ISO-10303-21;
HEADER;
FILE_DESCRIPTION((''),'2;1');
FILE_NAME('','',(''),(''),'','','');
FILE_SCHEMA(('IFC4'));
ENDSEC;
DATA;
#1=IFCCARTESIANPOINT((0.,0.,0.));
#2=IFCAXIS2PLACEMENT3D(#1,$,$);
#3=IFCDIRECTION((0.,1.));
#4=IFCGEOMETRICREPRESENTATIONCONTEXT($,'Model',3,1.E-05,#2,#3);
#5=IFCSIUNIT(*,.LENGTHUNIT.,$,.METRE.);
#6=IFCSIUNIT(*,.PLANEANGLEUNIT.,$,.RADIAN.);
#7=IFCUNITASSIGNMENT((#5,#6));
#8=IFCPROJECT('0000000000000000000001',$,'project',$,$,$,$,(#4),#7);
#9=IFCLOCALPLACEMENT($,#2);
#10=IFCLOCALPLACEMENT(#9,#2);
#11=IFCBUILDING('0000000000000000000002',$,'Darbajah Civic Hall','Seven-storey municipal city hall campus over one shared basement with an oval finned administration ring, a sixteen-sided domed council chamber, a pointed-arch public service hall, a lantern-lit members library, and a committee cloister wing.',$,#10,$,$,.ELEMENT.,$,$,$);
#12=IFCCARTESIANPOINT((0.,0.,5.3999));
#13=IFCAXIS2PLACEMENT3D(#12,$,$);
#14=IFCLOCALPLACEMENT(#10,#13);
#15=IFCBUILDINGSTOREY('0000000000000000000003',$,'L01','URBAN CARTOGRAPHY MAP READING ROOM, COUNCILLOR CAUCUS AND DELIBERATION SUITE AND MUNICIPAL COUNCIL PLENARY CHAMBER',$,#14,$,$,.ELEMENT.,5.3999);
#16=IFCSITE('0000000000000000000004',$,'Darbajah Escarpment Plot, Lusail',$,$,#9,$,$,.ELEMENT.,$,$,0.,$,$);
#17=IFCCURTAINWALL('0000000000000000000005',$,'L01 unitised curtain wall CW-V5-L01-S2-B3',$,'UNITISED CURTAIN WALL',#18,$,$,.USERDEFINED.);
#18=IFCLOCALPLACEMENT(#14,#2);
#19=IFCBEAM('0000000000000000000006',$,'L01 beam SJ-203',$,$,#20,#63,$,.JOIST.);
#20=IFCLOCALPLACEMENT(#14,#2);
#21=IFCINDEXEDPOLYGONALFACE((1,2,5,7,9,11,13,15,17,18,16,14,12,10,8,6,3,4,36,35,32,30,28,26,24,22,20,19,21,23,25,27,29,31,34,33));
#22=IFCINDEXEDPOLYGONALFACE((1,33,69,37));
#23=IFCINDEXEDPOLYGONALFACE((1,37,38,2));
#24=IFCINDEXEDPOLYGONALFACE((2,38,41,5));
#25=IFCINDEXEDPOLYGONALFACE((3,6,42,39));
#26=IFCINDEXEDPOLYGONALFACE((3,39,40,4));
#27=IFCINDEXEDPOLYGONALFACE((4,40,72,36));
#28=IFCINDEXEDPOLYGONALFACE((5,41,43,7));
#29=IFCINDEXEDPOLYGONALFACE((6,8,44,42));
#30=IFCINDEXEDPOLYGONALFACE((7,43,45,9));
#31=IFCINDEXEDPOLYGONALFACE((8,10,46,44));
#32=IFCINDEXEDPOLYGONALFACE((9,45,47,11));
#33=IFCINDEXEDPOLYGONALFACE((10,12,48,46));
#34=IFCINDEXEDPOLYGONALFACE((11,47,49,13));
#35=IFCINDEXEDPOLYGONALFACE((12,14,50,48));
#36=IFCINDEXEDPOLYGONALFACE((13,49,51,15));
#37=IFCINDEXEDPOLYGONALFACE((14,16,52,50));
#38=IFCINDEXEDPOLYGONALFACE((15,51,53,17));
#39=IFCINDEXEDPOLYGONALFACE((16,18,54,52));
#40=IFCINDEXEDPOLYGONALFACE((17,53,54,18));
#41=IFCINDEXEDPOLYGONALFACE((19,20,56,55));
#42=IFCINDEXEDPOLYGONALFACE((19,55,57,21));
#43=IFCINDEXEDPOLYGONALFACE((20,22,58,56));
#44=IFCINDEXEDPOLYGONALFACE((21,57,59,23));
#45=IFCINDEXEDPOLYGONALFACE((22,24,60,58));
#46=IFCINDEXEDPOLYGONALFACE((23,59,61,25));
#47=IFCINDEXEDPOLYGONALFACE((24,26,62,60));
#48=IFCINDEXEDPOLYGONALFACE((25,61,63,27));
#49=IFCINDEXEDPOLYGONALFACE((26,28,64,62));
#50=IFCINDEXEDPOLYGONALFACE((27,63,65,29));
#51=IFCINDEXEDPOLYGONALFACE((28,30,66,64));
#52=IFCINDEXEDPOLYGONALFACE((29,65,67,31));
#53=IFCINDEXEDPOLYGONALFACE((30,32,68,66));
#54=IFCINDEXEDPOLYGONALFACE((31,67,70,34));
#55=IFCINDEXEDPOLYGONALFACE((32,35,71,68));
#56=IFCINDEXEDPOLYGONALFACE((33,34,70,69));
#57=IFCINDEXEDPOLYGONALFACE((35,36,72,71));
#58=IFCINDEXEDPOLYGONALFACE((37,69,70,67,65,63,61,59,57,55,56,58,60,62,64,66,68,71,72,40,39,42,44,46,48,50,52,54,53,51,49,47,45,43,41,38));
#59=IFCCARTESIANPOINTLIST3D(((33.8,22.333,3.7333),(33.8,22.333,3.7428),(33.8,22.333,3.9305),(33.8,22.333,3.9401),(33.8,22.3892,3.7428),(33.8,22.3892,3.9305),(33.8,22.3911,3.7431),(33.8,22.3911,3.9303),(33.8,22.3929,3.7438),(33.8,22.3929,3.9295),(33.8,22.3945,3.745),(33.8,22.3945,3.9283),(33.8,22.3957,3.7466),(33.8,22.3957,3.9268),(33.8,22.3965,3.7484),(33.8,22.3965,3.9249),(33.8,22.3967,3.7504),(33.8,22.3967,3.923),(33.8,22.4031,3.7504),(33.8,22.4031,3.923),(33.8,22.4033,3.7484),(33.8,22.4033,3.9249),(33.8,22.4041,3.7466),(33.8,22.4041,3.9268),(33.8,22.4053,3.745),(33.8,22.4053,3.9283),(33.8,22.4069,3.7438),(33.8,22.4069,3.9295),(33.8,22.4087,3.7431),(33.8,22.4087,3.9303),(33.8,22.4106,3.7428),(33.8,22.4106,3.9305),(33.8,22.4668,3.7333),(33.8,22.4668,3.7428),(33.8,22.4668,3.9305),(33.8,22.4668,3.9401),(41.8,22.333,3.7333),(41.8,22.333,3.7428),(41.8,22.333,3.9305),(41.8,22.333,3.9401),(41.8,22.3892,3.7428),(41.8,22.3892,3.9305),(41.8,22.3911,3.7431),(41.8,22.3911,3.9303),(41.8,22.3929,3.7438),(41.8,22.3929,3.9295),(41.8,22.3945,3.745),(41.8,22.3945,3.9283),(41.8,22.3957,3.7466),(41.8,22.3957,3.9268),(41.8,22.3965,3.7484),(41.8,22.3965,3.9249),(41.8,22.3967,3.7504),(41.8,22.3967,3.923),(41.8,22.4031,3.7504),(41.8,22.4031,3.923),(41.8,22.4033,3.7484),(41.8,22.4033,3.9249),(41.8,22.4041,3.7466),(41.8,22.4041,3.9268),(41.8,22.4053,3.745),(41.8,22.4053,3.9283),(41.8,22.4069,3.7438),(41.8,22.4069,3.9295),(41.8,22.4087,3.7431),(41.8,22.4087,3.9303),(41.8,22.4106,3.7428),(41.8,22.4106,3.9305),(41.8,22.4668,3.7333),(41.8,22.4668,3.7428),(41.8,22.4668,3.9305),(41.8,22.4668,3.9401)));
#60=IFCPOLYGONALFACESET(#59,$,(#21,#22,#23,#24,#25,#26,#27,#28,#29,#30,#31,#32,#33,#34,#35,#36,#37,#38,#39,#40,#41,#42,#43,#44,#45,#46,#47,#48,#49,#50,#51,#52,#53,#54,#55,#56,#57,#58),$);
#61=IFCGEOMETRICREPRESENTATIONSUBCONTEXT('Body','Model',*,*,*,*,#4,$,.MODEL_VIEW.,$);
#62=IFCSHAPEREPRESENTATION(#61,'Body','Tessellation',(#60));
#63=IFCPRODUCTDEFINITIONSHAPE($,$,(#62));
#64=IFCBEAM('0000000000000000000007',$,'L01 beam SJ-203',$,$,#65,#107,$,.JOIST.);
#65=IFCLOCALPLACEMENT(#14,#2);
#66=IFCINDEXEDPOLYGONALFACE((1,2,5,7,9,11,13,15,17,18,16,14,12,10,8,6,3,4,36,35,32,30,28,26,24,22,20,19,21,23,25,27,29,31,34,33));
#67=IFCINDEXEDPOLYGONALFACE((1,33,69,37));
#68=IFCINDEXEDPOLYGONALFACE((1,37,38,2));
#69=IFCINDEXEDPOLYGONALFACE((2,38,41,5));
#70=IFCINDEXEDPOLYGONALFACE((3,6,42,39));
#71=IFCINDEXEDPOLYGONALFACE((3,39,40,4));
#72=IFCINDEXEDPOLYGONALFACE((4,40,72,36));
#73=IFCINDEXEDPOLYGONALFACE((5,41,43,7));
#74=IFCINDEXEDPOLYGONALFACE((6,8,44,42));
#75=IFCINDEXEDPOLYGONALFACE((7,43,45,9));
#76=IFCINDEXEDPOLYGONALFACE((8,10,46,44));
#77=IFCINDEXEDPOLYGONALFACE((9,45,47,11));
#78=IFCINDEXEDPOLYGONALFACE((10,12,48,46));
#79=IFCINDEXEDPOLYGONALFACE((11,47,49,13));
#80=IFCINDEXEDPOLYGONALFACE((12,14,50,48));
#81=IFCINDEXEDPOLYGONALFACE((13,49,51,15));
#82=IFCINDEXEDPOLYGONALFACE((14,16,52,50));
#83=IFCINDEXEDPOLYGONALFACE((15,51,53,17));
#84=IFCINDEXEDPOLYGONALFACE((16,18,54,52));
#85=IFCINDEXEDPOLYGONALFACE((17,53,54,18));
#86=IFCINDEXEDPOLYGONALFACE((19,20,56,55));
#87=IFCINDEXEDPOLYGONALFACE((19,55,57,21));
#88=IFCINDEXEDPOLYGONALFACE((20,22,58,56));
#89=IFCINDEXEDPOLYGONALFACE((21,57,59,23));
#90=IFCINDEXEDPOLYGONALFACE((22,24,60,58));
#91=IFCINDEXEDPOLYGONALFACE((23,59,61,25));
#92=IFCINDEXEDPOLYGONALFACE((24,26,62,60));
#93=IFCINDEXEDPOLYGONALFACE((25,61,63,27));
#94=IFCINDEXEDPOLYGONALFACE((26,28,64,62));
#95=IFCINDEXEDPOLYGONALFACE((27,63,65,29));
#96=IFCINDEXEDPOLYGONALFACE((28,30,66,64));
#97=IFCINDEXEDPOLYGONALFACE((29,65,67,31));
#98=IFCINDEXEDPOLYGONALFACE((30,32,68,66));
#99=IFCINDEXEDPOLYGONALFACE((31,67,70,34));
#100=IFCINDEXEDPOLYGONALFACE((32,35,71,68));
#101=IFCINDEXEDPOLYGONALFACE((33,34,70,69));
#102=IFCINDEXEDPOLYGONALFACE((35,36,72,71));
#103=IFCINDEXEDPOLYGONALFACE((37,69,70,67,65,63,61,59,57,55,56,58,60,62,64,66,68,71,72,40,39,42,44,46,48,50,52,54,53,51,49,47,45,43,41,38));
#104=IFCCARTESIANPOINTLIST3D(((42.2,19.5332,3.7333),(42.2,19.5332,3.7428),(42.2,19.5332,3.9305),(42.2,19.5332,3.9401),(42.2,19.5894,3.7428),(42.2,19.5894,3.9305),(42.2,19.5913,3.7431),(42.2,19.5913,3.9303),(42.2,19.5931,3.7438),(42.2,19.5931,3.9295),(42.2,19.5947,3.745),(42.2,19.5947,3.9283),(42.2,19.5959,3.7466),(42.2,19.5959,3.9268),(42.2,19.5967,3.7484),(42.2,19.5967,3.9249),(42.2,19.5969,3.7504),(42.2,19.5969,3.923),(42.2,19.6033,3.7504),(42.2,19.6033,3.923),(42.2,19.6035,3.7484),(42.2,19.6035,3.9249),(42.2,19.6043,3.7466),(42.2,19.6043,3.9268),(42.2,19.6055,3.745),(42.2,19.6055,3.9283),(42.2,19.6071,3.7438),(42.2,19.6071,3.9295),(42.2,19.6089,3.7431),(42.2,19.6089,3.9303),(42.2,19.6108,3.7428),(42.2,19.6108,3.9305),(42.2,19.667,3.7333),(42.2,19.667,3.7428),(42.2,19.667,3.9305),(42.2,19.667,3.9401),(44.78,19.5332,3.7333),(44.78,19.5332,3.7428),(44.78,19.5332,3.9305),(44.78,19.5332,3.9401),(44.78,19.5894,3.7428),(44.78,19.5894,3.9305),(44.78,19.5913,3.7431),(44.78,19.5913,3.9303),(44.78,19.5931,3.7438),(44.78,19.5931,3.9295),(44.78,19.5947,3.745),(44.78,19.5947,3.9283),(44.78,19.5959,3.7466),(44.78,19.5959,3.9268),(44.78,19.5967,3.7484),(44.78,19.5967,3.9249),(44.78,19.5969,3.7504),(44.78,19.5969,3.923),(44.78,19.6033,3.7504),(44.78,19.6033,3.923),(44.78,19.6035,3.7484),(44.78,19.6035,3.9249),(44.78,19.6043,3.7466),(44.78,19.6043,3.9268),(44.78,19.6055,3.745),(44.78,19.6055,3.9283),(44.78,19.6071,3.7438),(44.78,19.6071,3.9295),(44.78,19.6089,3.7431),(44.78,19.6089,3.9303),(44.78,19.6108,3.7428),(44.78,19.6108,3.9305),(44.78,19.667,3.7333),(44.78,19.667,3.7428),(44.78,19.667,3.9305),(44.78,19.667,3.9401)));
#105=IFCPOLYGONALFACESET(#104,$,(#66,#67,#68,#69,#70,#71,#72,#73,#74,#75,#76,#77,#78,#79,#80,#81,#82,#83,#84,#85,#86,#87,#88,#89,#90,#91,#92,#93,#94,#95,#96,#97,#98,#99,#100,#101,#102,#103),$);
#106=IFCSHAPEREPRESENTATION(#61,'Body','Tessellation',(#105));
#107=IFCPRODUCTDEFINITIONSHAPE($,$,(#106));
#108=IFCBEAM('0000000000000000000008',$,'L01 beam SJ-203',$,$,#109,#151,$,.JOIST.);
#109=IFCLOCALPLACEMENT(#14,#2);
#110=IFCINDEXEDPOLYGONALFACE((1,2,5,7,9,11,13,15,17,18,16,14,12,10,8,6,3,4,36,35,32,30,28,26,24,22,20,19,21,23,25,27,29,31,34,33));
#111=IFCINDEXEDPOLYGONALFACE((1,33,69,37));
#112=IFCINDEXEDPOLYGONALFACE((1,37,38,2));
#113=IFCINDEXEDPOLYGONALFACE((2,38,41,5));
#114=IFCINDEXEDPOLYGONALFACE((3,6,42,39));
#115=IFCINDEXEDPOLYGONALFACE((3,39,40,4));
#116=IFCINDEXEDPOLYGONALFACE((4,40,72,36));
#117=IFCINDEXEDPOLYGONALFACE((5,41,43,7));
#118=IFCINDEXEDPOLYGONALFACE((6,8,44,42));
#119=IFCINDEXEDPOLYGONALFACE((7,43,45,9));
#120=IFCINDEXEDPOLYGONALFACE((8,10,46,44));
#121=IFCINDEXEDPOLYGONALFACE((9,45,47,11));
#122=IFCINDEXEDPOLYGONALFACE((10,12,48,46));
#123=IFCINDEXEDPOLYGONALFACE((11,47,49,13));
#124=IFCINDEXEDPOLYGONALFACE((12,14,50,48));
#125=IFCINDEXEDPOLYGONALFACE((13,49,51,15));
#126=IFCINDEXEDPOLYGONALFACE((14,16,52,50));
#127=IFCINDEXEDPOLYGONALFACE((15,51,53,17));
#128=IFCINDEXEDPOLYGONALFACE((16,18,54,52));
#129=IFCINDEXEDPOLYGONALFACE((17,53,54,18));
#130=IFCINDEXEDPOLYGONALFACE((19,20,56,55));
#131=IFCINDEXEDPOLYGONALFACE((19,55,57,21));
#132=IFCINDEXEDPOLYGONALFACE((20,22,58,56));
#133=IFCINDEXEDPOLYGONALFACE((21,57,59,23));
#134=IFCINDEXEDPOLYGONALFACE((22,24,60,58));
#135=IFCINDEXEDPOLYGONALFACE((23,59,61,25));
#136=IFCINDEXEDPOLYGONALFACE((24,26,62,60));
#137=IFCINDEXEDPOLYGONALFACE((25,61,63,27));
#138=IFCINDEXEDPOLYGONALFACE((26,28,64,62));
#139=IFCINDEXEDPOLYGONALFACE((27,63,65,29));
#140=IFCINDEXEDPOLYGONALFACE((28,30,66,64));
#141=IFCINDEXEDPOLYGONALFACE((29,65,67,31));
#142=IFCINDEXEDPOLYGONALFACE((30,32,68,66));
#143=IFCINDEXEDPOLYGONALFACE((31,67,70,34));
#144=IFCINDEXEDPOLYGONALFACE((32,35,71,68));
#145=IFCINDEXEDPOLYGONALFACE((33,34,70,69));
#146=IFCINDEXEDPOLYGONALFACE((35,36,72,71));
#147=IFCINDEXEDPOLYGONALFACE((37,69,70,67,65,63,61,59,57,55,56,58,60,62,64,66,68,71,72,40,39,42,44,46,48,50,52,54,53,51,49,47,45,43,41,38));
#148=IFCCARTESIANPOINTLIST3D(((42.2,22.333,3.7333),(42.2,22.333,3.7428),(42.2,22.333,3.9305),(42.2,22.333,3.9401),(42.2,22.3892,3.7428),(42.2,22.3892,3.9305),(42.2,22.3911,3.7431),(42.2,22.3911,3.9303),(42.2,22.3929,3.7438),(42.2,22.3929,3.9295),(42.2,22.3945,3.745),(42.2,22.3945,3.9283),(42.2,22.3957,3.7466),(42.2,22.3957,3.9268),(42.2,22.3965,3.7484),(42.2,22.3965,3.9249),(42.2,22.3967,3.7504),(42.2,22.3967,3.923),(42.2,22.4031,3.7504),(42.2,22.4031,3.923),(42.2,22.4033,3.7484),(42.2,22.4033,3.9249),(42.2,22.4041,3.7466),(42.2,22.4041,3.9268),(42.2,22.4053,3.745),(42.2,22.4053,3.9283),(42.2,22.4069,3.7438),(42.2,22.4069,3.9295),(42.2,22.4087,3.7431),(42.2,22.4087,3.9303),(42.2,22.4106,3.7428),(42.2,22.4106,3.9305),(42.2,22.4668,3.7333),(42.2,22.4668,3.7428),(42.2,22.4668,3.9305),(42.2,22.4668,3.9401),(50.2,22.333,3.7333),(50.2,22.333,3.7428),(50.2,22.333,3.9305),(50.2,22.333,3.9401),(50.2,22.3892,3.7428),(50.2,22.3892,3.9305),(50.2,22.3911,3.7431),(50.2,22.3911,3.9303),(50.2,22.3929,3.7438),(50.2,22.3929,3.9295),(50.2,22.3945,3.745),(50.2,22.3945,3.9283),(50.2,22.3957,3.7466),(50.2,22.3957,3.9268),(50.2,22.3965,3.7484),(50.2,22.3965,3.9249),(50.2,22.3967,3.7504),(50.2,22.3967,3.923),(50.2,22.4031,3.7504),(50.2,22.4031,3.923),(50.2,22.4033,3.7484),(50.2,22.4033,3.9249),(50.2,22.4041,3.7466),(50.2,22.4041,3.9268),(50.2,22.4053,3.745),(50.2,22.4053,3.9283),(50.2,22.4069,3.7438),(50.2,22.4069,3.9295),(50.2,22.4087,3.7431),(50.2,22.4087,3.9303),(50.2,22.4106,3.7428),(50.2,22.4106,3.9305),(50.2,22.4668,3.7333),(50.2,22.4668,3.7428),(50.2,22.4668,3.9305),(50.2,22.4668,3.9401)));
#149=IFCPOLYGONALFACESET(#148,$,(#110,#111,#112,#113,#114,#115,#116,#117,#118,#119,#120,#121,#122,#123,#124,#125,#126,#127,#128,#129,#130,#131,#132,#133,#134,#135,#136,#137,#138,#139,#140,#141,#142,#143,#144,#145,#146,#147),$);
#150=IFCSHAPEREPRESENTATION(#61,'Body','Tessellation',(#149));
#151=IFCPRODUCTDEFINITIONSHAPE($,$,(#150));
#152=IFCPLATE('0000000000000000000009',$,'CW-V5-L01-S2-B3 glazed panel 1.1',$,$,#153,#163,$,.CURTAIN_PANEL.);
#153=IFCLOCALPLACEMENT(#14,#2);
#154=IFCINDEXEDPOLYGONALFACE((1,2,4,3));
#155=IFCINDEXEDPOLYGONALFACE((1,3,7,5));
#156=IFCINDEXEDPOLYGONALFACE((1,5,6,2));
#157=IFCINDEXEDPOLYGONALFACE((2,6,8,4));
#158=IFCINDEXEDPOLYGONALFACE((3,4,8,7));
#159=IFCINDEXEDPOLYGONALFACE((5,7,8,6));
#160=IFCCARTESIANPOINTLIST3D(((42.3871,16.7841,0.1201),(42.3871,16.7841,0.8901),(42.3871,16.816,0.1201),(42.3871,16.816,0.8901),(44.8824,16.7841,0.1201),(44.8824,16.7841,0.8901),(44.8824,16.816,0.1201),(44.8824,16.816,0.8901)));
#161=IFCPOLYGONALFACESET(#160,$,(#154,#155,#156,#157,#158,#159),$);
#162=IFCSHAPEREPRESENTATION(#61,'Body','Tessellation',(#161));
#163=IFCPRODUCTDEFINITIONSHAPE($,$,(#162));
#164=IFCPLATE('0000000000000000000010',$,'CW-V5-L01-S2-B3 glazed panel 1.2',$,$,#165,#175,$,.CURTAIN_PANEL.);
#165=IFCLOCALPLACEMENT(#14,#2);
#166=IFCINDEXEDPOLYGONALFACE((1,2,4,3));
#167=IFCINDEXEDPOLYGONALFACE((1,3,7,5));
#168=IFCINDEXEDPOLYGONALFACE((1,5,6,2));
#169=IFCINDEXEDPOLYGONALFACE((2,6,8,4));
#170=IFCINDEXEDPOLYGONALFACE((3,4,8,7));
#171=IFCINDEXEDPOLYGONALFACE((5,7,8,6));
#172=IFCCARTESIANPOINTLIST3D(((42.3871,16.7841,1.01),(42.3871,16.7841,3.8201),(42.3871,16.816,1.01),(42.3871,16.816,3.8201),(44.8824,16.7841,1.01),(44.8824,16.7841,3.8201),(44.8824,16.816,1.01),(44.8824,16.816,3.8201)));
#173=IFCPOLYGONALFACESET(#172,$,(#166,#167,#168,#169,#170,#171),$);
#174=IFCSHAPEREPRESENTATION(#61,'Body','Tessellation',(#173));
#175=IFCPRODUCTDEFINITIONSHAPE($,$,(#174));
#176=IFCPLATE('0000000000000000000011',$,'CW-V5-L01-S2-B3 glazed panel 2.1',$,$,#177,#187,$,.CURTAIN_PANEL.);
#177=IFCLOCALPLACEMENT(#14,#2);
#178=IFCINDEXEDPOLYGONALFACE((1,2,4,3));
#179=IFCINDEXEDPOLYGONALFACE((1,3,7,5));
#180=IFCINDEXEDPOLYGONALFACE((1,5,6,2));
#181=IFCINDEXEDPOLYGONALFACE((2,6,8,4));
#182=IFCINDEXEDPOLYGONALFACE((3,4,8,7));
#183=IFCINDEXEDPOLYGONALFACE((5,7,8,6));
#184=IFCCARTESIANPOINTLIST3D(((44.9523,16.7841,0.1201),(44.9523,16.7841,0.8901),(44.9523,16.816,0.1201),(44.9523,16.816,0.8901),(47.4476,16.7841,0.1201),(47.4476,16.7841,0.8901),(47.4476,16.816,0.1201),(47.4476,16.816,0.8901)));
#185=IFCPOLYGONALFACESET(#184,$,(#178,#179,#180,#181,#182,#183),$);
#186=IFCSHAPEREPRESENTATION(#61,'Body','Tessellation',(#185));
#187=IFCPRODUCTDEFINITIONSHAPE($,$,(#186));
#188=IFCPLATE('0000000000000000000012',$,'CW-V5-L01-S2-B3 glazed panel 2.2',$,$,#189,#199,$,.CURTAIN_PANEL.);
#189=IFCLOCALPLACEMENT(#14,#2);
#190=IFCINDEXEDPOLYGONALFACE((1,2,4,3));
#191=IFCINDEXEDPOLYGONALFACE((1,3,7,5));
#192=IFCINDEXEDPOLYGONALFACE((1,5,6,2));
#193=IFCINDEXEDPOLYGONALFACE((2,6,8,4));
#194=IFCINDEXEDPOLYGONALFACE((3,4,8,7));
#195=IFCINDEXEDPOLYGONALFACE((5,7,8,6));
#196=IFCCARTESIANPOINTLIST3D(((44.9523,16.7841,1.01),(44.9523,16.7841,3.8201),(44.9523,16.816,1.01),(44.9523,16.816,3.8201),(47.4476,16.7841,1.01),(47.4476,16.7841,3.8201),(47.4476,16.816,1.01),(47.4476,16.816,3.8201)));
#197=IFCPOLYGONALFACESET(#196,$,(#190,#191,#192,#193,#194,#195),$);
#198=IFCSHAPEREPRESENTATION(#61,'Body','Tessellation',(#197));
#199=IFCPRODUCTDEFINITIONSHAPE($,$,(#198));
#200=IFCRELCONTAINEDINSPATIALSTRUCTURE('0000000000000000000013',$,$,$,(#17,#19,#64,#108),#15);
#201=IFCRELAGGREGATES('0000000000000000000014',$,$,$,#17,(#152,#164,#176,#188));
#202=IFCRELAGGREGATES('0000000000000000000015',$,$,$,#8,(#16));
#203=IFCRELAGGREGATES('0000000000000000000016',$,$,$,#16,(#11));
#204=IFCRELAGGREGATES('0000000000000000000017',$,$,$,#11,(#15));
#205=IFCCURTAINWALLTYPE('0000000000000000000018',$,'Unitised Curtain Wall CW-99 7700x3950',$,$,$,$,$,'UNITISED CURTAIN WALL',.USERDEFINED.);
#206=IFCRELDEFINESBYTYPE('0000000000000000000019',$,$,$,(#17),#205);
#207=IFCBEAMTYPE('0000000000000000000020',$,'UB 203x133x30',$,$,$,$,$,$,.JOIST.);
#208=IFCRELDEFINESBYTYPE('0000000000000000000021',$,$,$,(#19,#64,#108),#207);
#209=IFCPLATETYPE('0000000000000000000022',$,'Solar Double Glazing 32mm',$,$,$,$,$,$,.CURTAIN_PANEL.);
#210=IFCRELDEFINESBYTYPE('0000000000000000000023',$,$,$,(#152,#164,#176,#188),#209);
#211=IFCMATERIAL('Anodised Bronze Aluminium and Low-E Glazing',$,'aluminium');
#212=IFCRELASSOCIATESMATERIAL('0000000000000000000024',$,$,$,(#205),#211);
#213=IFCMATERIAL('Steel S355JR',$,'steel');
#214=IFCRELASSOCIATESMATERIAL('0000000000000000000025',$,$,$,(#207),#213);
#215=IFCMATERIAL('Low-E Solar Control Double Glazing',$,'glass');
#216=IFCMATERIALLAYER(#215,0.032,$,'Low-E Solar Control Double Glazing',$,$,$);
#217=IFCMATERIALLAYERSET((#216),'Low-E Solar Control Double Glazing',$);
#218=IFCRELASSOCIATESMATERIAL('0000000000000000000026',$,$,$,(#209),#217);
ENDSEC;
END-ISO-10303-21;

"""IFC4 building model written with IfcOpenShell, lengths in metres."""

from ifc_helpers import new_model, si_unit, direction, frame, origin, origin_2d, place, context, subcontext, project, spatial, rectangle, i_section, extrude, material, layer, layer_set, material_profile, profile_set, type_object, element, aggregate, save


model = new_model("IFC4")

# Units and contexts
model_context = context("Model", 3, precision=1e-05, world=origin(), true_north=direction((0.0, 1.0)))
body_context = subcontext(model_context, "Body", "Model", "MODEL_VIEW")
ifc_project = project(units=[si_unit("LENGTHUNIT", "METRE"), si_unit("PLANEANGLEUNIT", "RADIAN")], contexts=[model_context])

# Site, building, storey
site_placement = place(None, origin())
site = spatial("IfcSite", under=ifc_project, at=site_placement, Name="Darbajah Escarpment Plot, Lusail", CompositionType="ELEMENT", RefElevation=0.0)
building_placement = place(site_placement, origin())
building = spatial("IfcBuilding", under=site, at=building_placement, Name="Darbajah Civic Hall", Description="Seven-storey municipal city hall campus over one shared basement with an oval finned administration ring, a sixteen-sided domed council chamber, a pointed-arch public service hall, a lantern-lit members library, and a committee cloister wing.", CompositionType="ELEMENT")
storey_placement = place(building_placement, frame((0.0, 0.0, 5.3999)))
storey = spatial("IfcBuildingStorey", under=building, at=storey_placement, Name="L01", Description="URBAN CARTOGRAPHY MAP READING ROOM, COUNCILLOR CAUCUS AND DELIBERATION SUITE AND MUNICIPAL COUNCIL PLENARY CHAMBER", CompositionType="ELEMENT", Elevation=5.3999)

# Curtain wall
ifc_material_1 = material(Name="Anodised Bronze Aluminium and Low-E Glazing", Category="aluminium")
curtain_wall_type = type_object("IfcCurtainWallType", Name="Unitised Curtain Wall CW-99 7700x3950", ElementType="UNITISED CURTAIN WALL", PredefinedType="USERDEFINED", material=ifc_material_1)
curtain_wall_placement = place(storey_placement, origin())
curtain_wall = element("IfcCurtainWall", 1, at=curtain_wall_placement, inside=storey, type_object=curtain_wall_type, Name="L01 unitised curtain wall CW-V5-L01-S2-B3", ObjectType="UNITISED CURTAIN WALL", PredefinedType="USERDEFINED")

# Beams
ifc_material_2 = material(Name="Steel S355JR", Category="steel")
ifc_material_profile_1 = material_profile(ifc_material_2, i_section(OverallWidth=0.1338, OverallDepth=0.2068, WebThickness=0.0063, FlangeThickness=0.0095, FilletRadius=0.0076, at=origin_2d()), Name="UB 203x133x30")
ifc_profile_set_1 = profile_set([ifc_material_profile_1], Name="Steel S355JR")
beam_type_1 = type_object("IfcBeamType", Name="UB 203x133x30", PredefinedType="JOIST", material=ifc_profile_set_1)
for number, where, z_axis, x_axis, name in (
    (2, (33.8, 22.3999, 3.8367), (1.0, 0.0, 0.0), (0.0, 1.0, 0.0), "L01 beam SJ-203"),
):
    element("IfcBeam", number, at=place(storey_placement, frame(where, z_axis=z_axis, x_axis=x_axis)), inside=storey, type_object=beam_type_1, Name=name, PredefinedType="JOIST", context=body_context, shape_type="SweptSolid", body=[
        extrude(i_section(OverallWidth=0.1338, OverallDepth=0.2068, WebThickness=0.0063, FlangeThickness=0.0095, FilletRadius=0.0076, at=origin_2d()), origin(), (0.0, 0.0, 1.0), 8.0),
    ])
beam_1_placement = place(storey_placement, frame((42.2, 19.6001, 3.8367), z_axis=(1.0, 0.0, 0.0), x_axis=(0.0, 1.0, 0.0)))
element("IfcBeam", 3, at=beam_1_placement, inside=storey, type_object=beam_type_1, Name="L01 beam SJ-203", PredefinedType="JOIST", context=body_context, shape_type="SweptSolid", body=[
    extrude(i_section(OverallWidth=0.1338, OverallDepth=0.2068, WebThickness=0.0063, FlangeThickness=0.0095, FilletRadius=0.0076, at=origin_2d()), origin(), (0.0, 0.0, 1.0), 2.5801),
])
beam_2_placement = place(storey_placement, frame((42.2, 22.3999, 3.8367), z_axis=(1.0, 0.0, 0.0), x_axis=(0.0, 1.0, 0.0)))
element("IfcBeam", 4, at=beam_2_placement, inside=storey, type_object=beam_type_1, Name="L01 beam SJ-203", PredefinedType="JOIST", context=body_context, shape_type="SweptSolid", body=[
    extrude(i_section(OverallWidth=0.1338, OverallDepth=0.2068, WebThickness=0.0063, FlangeThickness=0.0095, FilletRadius=0.0076, at=origin_2d()), origin(), (0.0, 0.0, 1.0), 8.0),
])

# Plates
ifc_material_3 = material(Name="Low-E Solar Control Double Glazing", Category="glass")
ifc_layer_1 = layer(ifc_material_3, 0.032, Name="Low-E Solar Control Double Glazing")
ifc_layer_set_1 = layer_set([ifc_layer_1], Name="Low-E Solar Control Double Glazing")
plate_type = type_object("IfcPlateType", Name="Solar Double Glazing 32mm", PredefinedType="CURTAIN_PANEL", material=ifc_layer_set_1)
plate_1_placement = place(storey_placement, frame((43.6348, 16.8, 0.1201), z_axis=(0.0, 0.0, 1.0), x_axis=(1.0, 0.0, 0.0)))
plate_1 = element("IfcPlate", 5, at=plate_1_placement, type_object=plate_type, Name="CW-V5-L01-S2-B3 glazed panel 1.1", PredefinedType="CURTAIN_PANEL", context=body_context, shape_type="SweptSolid", body=[
    extrude(rectangle(XDim=2.4954, YDim=0.032, at=origin_2d()), origin(), (0.0, 0.0, 1.0), 0.77),
])
plate_2_placement = place(storey_placement, frame((43.6348, 16.8, 1.01), z_axis=(0.0, 0.0, 1.0), x_axis=(1.0, 0.0, 0.0)))
plate_2 = element("IfcPlate", 6, at=plate_2_placement, type_object=plate_type, Name="CW-V5-L01-S2-B3 glazed panel 1.2", PredefinedType="CURTAIN_PANEL", context=body_context, shape_type="SweptSolid", body=[
    extrude(rectangle(XDim=2.4954, YDim=0.032, at=origin_2d()), origin(), (0.0, 0.0, 1.0), 2.8101),
])
plate_3_placement = place(storey_placement, frame((46.2, 16.8, 0.1201), z_axis=(0.0, 0.0, 1.0), x_axis=(1.0, 0.0, 0.0)))
plate_3 = element("IfcPlate", 7, at=plate_3_placement, type_object=plate_type, Name="CW-V5-L01-S2-B3 glazed panel 2.1", PredefinedType="CURTAIN_PANEL", context=body_context, shape_type="SweptSolid", body=[
    extrude(rectangle(XDim=2.4954, YDim=0.032, at=origin_2d()), origin(), (0.0, 0.0, 1.0), 0.77),
])
plate_4_placement = place(storey_placement, frame((46.2, 16.8, 1.01), z_axis=(0.0, 0.0, 1.0), x_axis=(1.0, 0.0, 0.0)))
plate_4 = element("IfcPlate", 8, at=plate_4_placement, type_object=plate_type, Name="CW-V5-L01-S2-B3 glazed panel 2.2", PredefinedType="CURTAIN_PANEL", context=body_context, shape_type="SweptSolid", body=[
    extrude(rectangle(XDim=2.4954, YDim=0.032, at=origin_2d()), origin(), (0.0, 0.0, 1.0), 2.8101),
])
aggregate(curtain_wall, [plate_1, plate_2, plate_3, plate_4])

save(model, "model.ifc")
